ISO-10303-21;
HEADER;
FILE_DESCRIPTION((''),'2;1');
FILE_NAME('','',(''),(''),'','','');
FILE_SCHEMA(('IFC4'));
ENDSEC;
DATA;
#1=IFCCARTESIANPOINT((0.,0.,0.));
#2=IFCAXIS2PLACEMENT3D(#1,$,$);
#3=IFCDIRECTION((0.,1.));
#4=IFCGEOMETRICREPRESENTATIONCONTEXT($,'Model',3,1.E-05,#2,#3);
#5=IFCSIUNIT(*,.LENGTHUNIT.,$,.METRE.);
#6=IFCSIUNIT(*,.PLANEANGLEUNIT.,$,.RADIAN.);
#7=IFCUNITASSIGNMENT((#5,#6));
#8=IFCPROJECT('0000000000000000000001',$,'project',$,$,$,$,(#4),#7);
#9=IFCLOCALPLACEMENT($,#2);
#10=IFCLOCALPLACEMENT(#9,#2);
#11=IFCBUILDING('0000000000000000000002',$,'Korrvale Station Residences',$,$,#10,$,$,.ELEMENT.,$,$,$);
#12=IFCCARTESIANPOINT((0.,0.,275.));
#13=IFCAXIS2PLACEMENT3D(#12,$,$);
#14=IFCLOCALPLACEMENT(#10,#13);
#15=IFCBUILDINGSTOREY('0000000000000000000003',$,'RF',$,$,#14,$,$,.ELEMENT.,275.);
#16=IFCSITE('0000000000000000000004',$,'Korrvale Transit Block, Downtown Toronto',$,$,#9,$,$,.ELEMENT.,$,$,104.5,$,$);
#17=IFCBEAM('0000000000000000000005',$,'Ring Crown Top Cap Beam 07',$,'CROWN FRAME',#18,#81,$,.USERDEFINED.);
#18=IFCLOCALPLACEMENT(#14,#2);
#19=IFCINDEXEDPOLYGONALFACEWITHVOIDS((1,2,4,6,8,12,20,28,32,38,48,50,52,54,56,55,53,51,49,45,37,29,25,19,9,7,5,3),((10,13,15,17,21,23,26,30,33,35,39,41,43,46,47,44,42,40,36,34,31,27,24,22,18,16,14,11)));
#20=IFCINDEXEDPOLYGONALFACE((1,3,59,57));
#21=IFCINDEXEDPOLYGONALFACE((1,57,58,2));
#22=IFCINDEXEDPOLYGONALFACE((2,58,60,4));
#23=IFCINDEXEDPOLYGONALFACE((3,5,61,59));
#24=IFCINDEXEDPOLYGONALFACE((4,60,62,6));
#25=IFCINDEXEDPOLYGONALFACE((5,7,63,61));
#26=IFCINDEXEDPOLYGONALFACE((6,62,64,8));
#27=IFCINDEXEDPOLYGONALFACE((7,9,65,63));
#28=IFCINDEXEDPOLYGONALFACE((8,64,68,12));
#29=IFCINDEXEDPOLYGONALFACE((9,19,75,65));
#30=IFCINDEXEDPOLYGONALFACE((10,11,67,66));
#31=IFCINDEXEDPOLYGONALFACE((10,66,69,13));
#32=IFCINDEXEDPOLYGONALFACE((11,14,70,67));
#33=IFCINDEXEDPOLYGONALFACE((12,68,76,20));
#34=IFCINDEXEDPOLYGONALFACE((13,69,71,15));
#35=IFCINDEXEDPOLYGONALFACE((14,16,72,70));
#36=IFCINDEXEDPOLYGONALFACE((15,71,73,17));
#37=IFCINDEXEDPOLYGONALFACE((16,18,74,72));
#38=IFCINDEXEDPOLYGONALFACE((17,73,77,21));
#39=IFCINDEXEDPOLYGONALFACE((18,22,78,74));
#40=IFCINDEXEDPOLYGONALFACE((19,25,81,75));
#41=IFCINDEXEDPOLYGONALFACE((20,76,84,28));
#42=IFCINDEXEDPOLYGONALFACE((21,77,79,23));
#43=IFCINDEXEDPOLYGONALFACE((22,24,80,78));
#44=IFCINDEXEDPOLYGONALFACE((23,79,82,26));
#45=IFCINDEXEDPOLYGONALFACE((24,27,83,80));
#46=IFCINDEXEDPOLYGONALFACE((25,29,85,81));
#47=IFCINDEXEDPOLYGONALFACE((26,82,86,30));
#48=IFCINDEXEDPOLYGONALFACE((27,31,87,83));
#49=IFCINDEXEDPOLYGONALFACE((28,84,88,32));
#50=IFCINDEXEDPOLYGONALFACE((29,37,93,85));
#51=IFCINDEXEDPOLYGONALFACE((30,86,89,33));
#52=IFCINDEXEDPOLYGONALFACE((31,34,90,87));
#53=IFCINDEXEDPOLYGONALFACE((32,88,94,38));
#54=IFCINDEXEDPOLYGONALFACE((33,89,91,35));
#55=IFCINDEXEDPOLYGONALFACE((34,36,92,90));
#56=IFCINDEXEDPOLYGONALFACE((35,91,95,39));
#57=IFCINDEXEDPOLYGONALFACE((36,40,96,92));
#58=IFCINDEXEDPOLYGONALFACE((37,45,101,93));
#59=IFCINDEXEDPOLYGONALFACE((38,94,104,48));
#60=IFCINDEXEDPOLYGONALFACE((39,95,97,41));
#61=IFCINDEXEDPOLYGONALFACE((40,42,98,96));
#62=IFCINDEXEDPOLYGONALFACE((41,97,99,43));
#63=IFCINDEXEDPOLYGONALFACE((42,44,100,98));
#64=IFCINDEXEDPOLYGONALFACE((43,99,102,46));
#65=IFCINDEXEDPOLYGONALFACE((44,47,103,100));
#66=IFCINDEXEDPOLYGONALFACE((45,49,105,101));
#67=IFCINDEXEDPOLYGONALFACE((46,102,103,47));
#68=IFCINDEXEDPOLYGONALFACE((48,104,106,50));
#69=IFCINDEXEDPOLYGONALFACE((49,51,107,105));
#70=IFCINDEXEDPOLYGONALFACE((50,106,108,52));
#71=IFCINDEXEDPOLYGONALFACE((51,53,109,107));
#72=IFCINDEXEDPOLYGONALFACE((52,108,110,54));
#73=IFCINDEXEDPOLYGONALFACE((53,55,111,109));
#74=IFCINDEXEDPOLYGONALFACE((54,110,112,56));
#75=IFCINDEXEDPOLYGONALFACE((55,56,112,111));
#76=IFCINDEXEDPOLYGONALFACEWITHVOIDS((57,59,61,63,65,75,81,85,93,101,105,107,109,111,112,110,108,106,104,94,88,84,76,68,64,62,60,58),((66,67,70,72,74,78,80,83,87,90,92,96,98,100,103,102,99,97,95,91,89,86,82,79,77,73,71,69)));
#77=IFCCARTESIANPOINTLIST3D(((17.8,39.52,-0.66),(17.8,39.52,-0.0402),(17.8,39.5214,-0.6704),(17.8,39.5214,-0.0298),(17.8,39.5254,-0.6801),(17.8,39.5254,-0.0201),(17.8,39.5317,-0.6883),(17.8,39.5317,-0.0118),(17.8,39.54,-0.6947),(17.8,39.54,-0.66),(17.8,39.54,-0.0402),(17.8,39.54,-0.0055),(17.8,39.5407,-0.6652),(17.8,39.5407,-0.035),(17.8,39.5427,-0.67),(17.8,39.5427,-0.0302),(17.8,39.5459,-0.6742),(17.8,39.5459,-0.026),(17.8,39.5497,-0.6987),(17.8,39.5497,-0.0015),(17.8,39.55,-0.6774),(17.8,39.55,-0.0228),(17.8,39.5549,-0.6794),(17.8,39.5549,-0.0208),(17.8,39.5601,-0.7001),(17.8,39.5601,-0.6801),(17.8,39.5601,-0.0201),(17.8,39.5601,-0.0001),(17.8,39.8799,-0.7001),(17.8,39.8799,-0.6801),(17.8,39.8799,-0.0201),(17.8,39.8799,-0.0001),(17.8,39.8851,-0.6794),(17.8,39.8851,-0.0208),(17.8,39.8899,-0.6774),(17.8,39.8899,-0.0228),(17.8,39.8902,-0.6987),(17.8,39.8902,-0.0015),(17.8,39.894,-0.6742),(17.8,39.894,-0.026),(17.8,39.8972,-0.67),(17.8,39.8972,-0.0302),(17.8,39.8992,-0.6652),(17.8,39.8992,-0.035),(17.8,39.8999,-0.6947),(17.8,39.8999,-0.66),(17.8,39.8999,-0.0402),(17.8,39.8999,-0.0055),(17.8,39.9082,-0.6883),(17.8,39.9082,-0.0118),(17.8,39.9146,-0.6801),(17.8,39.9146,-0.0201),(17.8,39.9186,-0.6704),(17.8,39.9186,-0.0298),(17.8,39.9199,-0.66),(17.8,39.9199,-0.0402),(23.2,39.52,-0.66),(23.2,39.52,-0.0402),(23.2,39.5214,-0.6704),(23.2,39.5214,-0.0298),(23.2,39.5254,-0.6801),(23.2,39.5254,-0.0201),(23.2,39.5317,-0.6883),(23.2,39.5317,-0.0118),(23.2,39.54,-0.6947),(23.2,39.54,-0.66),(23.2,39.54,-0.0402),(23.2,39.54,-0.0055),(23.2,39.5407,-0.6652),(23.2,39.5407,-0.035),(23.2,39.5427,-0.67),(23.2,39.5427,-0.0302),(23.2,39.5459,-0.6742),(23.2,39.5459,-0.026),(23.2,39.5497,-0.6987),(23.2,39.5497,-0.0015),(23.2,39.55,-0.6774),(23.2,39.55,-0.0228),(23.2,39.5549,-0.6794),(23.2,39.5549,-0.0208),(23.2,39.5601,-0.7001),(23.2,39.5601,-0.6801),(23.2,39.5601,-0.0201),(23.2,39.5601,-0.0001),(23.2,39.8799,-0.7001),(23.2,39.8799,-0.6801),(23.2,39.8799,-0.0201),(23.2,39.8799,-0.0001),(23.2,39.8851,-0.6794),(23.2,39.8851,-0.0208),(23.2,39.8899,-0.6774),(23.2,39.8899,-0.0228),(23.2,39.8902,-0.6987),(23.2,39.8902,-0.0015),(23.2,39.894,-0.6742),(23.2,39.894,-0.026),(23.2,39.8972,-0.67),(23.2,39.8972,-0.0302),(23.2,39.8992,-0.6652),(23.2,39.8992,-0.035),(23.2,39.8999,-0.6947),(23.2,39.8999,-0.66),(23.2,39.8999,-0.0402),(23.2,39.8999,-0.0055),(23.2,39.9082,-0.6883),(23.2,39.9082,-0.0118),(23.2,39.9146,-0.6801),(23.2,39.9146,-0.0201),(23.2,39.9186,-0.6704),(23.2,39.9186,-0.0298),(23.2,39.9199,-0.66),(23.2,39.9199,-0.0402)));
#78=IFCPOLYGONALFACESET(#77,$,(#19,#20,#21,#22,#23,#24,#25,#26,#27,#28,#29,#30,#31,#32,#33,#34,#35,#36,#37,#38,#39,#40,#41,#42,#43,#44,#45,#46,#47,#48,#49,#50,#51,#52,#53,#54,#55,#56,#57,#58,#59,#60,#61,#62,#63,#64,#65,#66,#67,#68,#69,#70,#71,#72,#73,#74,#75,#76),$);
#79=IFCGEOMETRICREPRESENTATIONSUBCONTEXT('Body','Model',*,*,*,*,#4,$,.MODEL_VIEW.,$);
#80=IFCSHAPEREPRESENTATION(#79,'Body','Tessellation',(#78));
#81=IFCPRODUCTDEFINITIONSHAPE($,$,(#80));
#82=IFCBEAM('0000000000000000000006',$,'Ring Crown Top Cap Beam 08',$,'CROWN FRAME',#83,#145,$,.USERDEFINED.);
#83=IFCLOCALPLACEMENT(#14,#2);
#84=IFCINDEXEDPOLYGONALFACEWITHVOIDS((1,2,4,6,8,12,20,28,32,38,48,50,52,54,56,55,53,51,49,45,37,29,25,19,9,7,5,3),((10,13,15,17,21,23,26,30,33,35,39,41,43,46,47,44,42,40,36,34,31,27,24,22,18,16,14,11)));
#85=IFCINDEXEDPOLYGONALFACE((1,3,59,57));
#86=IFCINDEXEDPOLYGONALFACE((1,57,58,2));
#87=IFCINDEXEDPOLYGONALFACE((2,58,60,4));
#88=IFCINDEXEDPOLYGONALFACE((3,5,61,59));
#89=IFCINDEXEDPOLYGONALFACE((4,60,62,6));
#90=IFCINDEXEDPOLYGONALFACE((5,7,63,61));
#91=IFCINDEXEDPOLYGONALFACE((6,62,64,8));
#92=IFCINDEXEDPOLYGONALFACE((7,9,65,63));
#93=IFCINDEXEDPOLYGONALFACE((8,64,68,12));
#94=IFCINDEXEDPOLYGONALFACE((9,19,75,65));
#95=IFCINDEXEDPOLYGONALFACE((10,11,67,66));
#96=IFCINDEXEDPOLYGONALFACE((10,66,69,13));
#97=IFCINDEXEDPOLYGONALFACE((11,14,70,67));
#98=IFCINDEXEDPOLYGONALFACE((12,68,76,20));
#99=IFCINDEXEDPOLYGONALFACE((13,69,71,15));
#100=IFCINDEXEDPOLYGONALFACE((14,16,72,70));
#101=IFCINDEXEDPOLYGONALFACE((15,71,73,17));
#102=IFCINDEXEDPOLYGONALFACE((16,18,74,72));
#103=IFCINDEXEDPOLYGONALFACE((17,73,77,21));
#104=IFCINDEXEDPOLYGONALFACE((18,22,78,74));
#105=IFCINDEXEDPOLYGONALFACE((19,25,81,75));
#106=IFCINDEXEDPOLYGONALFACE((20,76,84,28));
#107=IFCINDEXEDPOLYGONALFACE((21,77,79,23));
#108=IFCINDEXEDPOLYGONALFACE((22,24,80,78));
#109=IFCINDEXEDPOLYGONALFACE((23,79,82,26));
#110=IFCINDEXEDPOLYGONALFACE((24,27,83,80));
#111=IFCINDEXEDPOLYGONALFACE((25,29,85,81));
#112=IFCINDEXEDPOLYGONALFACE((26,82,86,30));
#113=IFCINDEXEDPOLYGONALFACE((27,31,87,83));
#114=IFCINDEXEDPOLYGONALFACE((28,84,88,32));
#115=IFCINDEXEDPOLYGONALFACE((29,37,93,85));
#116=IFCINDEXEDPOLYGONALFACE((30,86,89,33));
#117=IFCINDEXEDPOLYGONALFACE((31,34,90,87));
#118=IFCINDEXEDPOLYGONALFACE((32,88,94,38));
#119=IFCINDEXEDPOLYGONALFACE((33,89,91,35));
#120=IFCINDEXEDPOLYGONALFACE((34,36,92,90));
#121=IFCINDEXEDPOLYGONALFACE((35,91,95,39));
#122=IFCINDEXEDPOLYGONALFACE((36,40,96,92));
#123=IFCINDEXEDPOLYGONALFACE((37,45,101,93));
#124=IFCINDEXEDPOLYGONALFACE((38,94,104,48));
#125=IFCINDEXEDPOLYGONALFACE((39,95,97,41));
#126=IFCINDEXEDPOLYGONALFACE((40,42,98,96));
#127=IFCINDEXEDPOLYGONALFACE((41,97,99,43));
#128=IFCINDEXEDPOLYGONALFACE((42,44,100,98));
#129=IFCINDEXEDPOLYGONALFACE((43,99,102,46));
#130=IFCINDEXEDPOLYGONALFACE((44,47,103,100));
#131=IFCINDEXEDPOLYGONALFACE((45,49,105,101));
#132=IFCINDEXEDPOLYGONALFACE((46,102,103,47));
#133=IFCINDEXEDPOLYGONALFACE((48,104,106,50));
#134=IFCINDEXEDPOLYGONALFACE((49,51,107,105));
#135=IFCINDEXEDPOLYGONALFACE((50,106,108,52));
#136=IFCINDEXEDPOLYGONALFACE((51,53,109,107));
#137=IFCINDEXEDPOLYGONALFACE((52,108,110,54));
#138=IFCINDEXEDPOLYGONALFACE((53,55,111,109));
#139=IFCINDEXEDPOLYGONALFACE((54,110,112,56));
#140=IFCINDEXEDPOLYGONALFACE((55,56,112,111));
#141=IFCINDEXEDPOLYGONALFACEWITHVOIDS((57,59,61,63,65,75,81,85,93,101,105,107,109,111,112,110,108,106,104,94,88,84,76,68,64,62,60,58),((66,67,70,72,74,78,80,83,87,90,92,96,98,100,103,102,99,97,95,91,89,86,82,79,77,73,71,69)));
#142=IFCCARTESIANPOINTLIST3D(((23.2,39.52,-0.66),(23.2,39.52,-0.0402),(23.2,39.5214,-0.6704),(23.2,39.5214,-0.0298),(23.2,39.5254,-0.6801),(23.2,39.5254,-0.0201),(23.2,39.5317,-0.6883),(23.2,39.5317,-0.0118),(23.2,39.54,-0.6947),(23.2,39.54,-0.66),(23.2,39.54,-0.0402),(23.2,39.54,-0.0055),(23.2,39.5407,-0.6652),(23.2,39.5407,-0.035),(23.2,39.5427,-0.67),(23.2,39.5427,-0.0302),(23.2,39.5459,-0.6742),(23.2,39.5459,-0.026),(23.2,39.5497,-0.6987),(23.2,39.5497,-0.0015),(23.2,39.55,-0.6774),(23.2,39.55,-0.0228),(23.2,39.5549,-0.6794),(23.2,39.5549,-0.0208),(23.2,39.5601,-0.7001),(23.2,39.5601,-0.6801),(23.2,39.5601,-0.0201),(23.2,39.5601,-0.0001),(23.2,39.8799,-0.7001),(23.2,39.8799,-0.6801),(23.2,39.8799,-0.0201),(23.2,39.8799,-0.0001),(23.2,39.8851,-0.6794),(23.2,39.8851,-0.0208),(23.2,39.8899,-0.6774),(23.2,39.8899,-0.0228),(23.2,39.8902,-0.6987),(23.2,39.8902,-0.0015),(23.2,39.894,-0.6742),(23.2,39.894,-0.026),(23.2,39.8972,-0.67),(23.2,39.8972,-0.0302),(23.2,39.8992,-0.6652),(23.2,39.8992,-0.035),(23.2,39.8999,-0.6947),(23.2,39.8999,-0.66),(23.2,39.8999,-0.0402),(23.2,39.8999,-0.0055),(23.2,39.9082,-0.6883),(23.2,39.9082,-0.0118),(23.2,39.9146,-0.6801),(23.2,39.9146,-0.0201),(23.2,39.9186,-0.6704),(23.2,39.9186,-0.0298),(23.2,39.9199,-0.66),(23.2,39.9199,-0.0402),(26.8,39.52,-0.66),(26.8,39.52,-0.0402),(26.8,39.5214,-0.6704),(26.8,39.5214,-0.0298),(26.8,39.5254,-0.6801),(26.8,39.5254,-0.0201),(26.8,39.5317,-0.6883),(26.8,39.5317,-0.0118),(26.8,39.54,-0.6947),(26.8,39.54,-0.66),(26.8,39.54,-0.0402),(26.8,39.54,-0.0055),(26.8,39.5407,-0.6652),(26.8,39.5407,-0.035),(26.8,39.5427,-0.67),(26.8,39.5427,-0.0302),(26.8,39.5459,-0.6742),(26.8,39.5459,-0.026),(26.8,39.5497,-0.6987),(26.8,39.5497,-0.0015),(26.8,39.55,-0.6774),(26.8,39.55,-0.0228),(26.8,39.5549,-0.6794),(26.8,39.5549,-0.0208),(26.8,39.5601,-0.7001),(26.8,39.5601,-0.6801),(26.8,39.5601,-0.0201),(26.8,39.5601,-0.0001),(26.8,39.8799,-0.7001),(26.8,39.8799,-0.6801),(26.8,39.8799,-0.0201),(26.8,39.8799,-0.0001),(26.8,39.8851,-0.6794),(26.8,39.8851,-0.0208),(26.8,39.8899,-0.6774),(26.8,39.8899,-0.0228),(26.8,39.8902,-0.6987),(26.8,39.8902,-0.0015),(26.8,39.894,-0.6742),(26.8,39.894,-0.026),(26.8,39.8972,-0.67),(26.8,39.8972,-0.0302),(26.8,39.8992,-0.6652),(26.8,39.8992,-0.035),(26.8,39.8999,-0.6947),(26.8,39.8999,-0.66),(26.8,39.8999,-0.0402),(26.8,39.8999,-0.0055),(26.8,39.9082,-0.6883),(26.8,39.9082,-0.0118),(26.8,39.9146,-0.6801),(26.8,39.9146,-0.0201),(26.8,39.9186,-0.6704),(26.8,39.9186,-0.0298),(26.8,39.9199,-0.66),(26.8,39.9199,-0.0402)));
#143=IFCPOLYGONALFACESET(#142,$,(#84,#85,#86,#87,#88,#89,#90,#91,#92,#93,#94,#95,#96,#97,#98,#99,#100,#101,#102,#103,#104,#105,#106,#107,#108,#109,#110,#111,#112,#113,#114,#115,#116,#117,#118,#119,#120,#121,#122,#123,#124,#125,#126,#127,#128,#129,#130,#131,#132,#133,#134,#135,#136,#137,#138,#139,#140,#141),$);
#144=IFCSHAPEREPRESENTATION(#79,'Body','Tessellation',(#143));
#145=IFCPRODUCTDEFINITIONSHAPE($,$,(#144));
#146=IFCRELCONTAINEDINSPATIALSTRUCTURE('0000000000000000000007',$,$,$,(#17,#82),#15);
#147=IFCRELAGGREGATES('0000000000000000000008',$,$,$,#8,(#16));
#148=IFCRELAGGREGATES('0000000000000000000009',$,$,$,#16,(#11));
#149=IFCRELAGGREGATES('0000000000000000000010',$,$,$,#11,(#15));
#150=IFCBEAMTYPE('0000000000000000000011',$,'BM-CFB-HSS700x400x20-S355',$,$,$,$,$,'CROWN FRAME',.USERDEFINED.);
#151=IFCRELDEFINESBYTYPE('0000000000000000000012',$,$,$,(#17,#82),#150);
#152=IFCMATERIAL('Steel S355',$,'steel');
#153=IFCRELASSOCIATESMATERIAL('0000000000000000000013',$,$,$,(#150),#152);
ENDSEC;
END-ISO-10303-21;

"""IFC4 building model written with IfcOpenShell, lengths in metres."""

from ifc_helpers import new_model, si_unit, direction, frame, origin, origin_2d, place, context, subcontext, project, spatial, hollow_rectangle, extrude, material, material_profile, profile_set, type_object, element, save


model = new_model("IFC4")

# Units and contexts
model_context = context("Model", 3, precision=1e-05, world=origin(), true_north=direction((0.0, 1.0)))
body_context = subcontext(model_context, "Body", "Model", "MODEL_VIEW")
ifc_project = project(units=[si_unit("LENGTHUNIT", "METRE"), si_unit("PLANEANGLEUNIT", "RADIAN")], contexts=[model_context])

# Site, building, storey
site_placement = place(None, origin())
site = spatial("IfcSite", under=ifc_project, at=site_placement, Name="Korrvale Transit Block, Downtown Toronto", CompositionType="ELEMENT", RefElevation=104.5)
building_placement = place(site_placement, origin())
building = spatial("IfcBuilding", under=site, at=building_placement, Name="Korrvale Station Residences", CompositionType="ELEMENT")
storey_placement = place(building_placement, frame((0.0, 0.0, 275.0)))
storey = spatial("IfcBuildingStorey", under=building, at=storey_placement, Name="RF", CompositionType="ELEMENT", Elevation=275.0)

# Beams
ifc_material_1 = material(Name="Steel S355", Category="steel")
ifc_material_profile = material_profile(ifc_material_1, hollow_rectangle(XDim=0.3999, YDim=0.7, WallThickness=0.02, InnerFilletRadius=0.02, OuterFilletRadius=0.04, at=origin_2d()), Name="HSS700x400x20")
ifc_profile_set = profile_set([ifc_material_profile], Name="Steel S355")
beam_type = type_object("IfcBeamType", Name="BM-CFB-HSS700x400x20-S355", ElementType="CROWN FRAME", PredefinedType="USERDEFINED", material=ifc_profile_set)
beam_1_placement = place(storey_placement, frame((17.8, 39.72, -0.3501), z_axis=(1.0, 0.0, 0.0), x_axis=(0.0, 1.0, 0.0)))
element("IfcBeam", 1, at=beam_1_placement, inside=storey, type_object=beam_type, Name="Ring Crown Top Cap Beam 07", ObjectType="CROWN FRAME", PredefinedType="USERDEFINED", context=body_context, shape_type="SweptSolid", body=[
    extrude(hollow_rectangle(XDim=0.3999, YDim=0.7, WallThickness=0.02, InnerFilletRadius=0.02, OuterFilletRadius=0.04, at=origin_2d()), origin(), (0.0, 0.0, 1.0), 5.3999),
])
beam_2_placement = place(storey_placement, frame((23.2, 39.72, -0.3501), z_axis=(1.0, 0.0, 0.0), x_axis=(0.0, 1.0, 0.0)))
element("IfcBeam", 2, at=beam_2_placement, inside=storey, type_object=beam_type, Name="Ring Crown Top Cap Beam 08", ObjectType="CROWN FRAME", PredefinedType="USERDEFINED", context=body_context, shape_type="SweptSolid", body=[
    extrude(hollow_rectangle(XDim=0.3999, YDim=0.7, WallThickness=0.02, InnerFilletRadius=0.02, OuterFilletRadius=0.04, at=origin_2d()), origin(), (0.0, 0.0, 1.0), 3.6001),
])

save(model, "model.ifc")
